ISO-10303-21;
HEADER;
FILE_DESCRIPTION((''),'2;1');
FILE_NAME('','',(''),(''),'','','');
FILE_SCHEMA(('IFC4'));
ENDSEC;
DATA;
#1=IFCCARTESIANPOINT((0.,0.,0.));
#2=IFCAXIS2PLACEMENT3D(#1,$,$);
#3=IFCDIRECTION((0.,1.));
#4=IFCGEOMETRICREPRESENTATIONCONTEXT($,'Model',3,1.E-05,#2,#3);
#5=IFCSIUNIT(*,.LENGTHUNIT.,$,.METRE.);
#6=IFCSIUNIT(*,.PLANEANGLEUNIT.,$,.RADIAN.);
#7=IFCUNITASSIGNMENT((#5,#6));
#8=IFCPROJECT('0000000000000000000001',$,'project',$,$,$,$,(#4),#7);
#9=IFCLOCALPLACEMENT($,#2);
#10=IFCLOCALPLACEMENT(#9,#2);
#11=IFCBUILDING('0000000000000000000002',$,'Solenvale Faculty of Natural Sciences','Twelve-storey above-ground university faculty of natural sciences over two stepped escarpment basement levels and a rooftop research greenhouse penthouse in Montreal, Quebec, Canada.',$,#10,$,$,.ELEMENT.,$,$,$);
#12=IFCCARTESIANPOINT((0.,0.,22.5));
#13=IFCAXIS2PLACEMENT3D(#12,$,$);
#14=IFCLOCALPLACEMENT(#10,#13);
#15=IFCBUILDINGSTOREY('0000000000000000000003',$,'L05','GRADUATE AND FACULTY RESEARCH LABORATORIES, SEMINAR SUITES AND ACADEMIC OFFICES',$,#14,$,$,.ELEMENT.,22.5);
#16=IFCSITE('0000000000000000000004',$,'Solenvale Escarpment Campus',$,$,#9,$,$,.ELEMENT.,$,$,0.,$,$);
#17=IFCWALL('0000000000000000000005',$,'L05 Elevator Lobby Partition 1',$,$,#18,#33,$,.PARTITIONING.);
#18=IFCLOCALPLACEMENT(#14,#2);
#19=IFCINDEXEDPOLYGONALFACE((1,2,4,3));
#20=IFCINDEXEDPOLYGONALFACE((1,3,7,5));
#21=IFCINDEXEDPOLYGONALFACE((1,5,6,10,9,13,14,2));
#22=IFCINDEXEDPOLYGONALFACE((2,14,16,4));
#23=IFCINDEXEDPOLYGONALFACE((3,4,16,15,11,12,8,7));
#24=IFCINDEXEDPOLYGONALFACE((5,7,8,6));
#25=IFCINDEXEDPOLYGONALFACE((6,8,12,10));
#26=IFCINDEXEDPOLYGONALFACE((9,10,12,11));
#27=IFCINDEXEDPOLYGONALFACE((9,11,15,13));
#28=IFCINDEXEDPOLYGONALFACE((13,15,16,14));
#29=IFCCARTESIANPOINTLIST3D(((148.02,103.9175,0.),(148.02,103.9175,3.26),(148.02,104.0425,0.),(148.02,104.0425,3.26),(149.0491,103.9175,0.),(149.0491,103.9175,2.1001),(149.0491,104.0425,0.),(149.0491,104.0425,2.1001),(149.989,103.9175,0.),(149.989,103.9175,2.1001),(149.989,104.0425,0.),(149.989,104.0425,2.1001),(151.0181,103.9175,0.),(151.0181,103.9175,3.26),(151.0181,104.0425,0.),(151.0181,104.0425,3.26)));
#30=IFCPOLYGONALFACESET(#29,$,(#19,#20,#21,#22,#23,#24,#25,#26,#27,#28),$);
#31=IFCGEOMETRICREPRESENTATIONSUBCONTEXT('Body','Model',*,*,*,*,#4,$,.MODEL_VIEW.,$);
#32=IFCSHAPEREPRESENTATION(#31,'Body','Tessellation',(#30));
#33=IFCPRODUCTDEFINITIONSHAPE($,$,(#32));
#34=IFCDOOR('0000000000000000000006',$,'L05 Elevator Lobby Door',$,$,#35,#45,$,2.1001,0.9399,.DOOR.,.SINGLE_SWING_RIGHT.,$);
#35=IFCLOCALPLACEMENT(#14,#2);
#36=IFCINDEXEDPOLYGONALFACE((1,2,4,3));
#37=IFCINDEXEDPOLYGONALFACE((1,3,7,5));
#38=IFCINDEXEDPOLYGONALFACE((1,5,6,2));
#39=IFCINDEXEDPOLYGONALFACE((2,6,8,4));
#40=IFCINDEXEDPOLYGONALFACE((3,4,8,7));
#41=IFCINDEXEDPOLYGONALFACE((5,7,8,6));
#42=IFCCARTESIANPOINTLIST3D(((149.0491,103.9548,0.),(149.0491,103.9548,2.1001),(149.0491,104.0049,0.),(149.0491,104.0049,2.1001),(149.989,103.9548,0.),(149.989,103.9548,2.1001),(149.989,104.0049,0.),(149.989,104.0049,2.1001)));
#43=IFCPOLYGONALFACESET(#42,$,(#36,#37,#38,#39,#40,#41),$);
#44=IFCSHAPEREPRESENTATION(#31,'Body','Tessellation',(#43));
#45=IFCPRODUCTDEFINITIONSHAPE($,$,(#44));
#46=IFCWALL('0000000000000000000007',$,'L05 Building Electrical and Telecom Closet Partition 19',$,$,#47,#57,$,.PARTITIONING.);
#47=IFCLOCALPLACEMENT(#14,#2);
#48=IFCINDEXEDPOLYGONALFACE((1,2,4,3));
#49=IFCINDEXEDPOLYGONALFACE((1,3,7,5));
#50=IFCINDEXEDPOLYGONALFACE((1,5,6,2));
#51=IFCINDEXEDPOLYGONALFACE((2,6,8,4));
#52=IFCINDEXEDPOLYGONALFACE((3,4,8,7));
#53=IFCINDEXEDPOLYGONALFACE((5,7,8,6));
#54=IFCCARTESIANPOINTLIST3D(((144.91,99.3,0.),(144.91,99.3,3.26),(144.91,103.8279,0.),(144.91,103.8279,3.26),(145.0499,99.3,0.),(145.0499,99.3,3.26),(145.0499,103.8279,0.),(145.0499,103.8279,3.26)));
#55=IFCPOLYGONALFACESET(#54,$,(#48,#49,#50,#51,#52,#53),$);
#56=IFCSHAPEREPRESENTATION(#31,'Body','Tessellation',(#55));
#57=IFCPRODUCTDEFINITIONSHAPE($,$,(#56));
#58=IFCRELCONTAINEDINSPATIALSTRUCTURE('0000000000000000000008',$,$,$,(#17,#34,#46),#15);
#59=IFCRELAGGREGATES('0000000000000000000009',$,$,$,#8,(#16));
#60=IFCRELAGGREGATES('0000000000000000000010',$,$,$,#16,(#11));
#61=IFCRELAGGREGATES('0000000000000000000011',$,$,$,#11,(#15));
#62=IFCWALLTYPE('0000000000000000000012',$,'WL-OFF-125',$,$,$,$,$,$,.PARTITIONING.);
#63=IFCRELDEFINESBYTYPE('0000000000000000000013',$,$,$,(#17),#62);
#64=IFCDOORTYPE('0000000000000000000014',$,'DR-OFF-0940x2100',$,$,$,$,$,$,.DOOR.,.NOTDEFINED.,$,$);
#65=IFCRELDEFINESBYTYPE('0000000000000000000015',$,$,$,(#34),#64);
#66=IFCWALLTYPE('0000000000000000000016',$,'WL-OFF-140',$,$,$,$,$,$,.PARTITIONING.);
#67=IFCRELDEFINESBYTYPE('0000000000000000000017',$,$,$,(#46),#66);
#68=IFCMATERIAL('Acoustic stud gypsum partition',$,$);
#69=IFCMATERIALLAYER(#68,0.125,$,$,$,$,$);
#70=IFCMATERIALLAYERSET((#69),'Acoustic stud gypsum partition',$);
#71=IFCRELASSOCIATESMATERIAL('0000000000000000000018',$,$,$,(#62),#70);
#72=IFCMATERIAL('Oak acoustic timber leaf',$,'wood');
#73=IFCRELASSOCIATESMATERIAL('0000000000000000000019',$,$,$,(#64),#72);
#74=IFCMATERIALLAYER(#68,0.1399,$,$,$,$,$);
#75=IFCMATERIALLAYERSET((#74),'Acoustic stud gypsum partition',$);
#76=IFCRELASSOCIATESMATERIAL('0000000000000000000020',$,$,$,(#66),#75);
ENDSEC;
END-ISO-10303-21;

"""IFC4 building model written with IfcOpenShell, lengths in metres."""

from ifc_helpers import new_model, si_unit, direction, frame, frame_2d, origin, place, context, subcontext, project, spatial, rectangle, extrude, material, layer, layer_set, type_object, element, fill, save


model = new_model("IFC4")

# Units and contexts
model_context = context("Model", 3, precision=1e-05, world=origin(), true_north=direction((0.0, 1.0)))
body_context = subcontext(model_context, "Body", "Model", "MODEL_VIEW")
ifc_project = project(units=[si_unit("LENGTHUNIT", "METRE"), si_unit("PLANEANGLEUNIT", "RADIAN")], contexts=[model_context])

# Site, building, storey
site_placement = place(None, origin())
site = spatial("IfcSite", under=ifc_project, at=site_placement, Name="Solenvale Escarpment Campus", CompositionType="ELEMENT", RefElevation=0.0)
building_placement = place(site_placement, origin())
building = spatial("IfcBuilding", under=site, at=building_placement, Name="Solenvale Faculty of Natural Sciences", Description="Twelve-storey above-ground university faculty of natural sciences over two stepped escarpment basement levels and a rooftop research greenhouse penthouse in Montreal, Quebec, Canada.", CompositionType="ELEMENT")
storey_placement = place(building_placement, frame((0.0, 0.0, 22.5)))
storey = spatial("IfcBuildingStorey", under=building, at=storey_placement, Name="L05", Description="GRADUATE AND FACULTY RESEARCH LABORATORIES, SEMINAR SUITES AND ACADEMIC OFFICES", CompositionType="ELEMENT", Elevation=22.5)

# Wall, opening, door
ifc_material_1 = material(Name="Oak acoustic timber leaf", Category="wood")
ifc_material_2 = material(Name="Acoustic stud gypsum partition")
ifc_layer_1 = layer(ifc_material_2, 0.125)
ifc_layer_set_1 = layer_set([ifc_layer_1], Name="Acoustic stud gypsum partition")
wall_type_1 = type_object("IfcWallType", Name="WL-OFF-125", PredefinedType="PARTITIONING", material=ifc_layer_set_1)
wall_1_placement = place(storey_placement, frame((148.02, 103.98, 0.0), z_axis=(0.0, 0.0, 1.0), x_axis=(1.0, 0.0, 0.0)))
wall_1 = element("IfcWall", 1, at=wall_1_placement, inside=storey, type_object=wall_type_1, Name="L05 Elevator Lobby Partition 1", PredefinedType="PARTITIONING", context=body_context, shape_type="SweptSolid", body=[
    extrude(rectangle(XDim=2.998, YDim=0.125, at=frame_2d((1.499, 0.0))), origin(), (0.0, 0.0, 1.0), 3.26),
])
opening_1_placement = place(wall_1_placement, frame((1.0291, 0.0, 0.0)))
opening_1 = element("IfcOpeningElement", 2, at=opening_1_placement, cuts=wall_1, PredefinedType="OPENING", context=body_context, shape_type="SweptSolid", body=[
    extrude(rectangle(XDim=0.9399, YDim=2.1001, at=frame_2d((0.47, 1.05))), frame((0.0, 0.0725, 0.0), z_axis=(0.0, -1.0, 0.0), x_axis=(1.0, 0.0, 0.0)), (0.0, 0.0, 1.0), 0.145),
])
door_type_1 = type_object("IfcDoorType", Name="DR-OFF-0940x2100", OperationType="NOTDEFINED", PredefinedType="DOOR", material=ifc_material_1)
door_1_placement = place(opening_1_placement, origin())
door_1 = element("IfcDoor", 3, at=door_1_placement, inside=storey, type_object=door_type_1, Name="L05 Elevator Lobby Door", OperationType="SINGLE_SWING_RIGHT", OverallHeight=2.1001, OverallWidth=0.9399, PredefinedType="DOOR", context=body_context, shape_type="SweptSolid", body=[
    extrude(rectangle(XDim=0.9399, YDim=2.1001, at=frame_2d((0.47, 1.05))), frame((0.0, 0.0249, 0.0), z_axis=(0.0, -1.0, 0.0), x_axis=(1.0, 0.0, 0.0)), (0.0, 0.0, 1.0), 0.05),
])
fill(opening_1, door_1)

# Wall
ifc_layer_2 = layer(ifc_material_2, 0.1399)
ifc_layer_set_2 = layer_set([ifc_layer_2], Name="Acoustic stud gypsum partition")
wall_type_2 = type_object("IfcWallType", Name="WL-OFF-140", PredefinedType="PARTITIONING", material=ifc_layer_set_2)
wall_2_placement = place(storey_placement, frame((144.98, 103.8279, 0.0), z_axis=(0.0, 0.0, 1.0), x_axis=(0.0, -1.0, 0.0)))
element("IfcWall", 4, at=wall_2_placement, inside=storey, type_object=wall_type_2, Name="L05 Building Electrical and Telecom Closet Partition 19", PredefinedType="PARTITIONING", context=body_context, shape_type="SweptSolid", body=[
    extrude(rectangle(XDim=4.5278, YDim=0.1399, at=frame_2d((2.2639, 0.0))), origin(), (0.0, 0.0, 1.0), 3.26),
])

save(model, "model.ifc")
